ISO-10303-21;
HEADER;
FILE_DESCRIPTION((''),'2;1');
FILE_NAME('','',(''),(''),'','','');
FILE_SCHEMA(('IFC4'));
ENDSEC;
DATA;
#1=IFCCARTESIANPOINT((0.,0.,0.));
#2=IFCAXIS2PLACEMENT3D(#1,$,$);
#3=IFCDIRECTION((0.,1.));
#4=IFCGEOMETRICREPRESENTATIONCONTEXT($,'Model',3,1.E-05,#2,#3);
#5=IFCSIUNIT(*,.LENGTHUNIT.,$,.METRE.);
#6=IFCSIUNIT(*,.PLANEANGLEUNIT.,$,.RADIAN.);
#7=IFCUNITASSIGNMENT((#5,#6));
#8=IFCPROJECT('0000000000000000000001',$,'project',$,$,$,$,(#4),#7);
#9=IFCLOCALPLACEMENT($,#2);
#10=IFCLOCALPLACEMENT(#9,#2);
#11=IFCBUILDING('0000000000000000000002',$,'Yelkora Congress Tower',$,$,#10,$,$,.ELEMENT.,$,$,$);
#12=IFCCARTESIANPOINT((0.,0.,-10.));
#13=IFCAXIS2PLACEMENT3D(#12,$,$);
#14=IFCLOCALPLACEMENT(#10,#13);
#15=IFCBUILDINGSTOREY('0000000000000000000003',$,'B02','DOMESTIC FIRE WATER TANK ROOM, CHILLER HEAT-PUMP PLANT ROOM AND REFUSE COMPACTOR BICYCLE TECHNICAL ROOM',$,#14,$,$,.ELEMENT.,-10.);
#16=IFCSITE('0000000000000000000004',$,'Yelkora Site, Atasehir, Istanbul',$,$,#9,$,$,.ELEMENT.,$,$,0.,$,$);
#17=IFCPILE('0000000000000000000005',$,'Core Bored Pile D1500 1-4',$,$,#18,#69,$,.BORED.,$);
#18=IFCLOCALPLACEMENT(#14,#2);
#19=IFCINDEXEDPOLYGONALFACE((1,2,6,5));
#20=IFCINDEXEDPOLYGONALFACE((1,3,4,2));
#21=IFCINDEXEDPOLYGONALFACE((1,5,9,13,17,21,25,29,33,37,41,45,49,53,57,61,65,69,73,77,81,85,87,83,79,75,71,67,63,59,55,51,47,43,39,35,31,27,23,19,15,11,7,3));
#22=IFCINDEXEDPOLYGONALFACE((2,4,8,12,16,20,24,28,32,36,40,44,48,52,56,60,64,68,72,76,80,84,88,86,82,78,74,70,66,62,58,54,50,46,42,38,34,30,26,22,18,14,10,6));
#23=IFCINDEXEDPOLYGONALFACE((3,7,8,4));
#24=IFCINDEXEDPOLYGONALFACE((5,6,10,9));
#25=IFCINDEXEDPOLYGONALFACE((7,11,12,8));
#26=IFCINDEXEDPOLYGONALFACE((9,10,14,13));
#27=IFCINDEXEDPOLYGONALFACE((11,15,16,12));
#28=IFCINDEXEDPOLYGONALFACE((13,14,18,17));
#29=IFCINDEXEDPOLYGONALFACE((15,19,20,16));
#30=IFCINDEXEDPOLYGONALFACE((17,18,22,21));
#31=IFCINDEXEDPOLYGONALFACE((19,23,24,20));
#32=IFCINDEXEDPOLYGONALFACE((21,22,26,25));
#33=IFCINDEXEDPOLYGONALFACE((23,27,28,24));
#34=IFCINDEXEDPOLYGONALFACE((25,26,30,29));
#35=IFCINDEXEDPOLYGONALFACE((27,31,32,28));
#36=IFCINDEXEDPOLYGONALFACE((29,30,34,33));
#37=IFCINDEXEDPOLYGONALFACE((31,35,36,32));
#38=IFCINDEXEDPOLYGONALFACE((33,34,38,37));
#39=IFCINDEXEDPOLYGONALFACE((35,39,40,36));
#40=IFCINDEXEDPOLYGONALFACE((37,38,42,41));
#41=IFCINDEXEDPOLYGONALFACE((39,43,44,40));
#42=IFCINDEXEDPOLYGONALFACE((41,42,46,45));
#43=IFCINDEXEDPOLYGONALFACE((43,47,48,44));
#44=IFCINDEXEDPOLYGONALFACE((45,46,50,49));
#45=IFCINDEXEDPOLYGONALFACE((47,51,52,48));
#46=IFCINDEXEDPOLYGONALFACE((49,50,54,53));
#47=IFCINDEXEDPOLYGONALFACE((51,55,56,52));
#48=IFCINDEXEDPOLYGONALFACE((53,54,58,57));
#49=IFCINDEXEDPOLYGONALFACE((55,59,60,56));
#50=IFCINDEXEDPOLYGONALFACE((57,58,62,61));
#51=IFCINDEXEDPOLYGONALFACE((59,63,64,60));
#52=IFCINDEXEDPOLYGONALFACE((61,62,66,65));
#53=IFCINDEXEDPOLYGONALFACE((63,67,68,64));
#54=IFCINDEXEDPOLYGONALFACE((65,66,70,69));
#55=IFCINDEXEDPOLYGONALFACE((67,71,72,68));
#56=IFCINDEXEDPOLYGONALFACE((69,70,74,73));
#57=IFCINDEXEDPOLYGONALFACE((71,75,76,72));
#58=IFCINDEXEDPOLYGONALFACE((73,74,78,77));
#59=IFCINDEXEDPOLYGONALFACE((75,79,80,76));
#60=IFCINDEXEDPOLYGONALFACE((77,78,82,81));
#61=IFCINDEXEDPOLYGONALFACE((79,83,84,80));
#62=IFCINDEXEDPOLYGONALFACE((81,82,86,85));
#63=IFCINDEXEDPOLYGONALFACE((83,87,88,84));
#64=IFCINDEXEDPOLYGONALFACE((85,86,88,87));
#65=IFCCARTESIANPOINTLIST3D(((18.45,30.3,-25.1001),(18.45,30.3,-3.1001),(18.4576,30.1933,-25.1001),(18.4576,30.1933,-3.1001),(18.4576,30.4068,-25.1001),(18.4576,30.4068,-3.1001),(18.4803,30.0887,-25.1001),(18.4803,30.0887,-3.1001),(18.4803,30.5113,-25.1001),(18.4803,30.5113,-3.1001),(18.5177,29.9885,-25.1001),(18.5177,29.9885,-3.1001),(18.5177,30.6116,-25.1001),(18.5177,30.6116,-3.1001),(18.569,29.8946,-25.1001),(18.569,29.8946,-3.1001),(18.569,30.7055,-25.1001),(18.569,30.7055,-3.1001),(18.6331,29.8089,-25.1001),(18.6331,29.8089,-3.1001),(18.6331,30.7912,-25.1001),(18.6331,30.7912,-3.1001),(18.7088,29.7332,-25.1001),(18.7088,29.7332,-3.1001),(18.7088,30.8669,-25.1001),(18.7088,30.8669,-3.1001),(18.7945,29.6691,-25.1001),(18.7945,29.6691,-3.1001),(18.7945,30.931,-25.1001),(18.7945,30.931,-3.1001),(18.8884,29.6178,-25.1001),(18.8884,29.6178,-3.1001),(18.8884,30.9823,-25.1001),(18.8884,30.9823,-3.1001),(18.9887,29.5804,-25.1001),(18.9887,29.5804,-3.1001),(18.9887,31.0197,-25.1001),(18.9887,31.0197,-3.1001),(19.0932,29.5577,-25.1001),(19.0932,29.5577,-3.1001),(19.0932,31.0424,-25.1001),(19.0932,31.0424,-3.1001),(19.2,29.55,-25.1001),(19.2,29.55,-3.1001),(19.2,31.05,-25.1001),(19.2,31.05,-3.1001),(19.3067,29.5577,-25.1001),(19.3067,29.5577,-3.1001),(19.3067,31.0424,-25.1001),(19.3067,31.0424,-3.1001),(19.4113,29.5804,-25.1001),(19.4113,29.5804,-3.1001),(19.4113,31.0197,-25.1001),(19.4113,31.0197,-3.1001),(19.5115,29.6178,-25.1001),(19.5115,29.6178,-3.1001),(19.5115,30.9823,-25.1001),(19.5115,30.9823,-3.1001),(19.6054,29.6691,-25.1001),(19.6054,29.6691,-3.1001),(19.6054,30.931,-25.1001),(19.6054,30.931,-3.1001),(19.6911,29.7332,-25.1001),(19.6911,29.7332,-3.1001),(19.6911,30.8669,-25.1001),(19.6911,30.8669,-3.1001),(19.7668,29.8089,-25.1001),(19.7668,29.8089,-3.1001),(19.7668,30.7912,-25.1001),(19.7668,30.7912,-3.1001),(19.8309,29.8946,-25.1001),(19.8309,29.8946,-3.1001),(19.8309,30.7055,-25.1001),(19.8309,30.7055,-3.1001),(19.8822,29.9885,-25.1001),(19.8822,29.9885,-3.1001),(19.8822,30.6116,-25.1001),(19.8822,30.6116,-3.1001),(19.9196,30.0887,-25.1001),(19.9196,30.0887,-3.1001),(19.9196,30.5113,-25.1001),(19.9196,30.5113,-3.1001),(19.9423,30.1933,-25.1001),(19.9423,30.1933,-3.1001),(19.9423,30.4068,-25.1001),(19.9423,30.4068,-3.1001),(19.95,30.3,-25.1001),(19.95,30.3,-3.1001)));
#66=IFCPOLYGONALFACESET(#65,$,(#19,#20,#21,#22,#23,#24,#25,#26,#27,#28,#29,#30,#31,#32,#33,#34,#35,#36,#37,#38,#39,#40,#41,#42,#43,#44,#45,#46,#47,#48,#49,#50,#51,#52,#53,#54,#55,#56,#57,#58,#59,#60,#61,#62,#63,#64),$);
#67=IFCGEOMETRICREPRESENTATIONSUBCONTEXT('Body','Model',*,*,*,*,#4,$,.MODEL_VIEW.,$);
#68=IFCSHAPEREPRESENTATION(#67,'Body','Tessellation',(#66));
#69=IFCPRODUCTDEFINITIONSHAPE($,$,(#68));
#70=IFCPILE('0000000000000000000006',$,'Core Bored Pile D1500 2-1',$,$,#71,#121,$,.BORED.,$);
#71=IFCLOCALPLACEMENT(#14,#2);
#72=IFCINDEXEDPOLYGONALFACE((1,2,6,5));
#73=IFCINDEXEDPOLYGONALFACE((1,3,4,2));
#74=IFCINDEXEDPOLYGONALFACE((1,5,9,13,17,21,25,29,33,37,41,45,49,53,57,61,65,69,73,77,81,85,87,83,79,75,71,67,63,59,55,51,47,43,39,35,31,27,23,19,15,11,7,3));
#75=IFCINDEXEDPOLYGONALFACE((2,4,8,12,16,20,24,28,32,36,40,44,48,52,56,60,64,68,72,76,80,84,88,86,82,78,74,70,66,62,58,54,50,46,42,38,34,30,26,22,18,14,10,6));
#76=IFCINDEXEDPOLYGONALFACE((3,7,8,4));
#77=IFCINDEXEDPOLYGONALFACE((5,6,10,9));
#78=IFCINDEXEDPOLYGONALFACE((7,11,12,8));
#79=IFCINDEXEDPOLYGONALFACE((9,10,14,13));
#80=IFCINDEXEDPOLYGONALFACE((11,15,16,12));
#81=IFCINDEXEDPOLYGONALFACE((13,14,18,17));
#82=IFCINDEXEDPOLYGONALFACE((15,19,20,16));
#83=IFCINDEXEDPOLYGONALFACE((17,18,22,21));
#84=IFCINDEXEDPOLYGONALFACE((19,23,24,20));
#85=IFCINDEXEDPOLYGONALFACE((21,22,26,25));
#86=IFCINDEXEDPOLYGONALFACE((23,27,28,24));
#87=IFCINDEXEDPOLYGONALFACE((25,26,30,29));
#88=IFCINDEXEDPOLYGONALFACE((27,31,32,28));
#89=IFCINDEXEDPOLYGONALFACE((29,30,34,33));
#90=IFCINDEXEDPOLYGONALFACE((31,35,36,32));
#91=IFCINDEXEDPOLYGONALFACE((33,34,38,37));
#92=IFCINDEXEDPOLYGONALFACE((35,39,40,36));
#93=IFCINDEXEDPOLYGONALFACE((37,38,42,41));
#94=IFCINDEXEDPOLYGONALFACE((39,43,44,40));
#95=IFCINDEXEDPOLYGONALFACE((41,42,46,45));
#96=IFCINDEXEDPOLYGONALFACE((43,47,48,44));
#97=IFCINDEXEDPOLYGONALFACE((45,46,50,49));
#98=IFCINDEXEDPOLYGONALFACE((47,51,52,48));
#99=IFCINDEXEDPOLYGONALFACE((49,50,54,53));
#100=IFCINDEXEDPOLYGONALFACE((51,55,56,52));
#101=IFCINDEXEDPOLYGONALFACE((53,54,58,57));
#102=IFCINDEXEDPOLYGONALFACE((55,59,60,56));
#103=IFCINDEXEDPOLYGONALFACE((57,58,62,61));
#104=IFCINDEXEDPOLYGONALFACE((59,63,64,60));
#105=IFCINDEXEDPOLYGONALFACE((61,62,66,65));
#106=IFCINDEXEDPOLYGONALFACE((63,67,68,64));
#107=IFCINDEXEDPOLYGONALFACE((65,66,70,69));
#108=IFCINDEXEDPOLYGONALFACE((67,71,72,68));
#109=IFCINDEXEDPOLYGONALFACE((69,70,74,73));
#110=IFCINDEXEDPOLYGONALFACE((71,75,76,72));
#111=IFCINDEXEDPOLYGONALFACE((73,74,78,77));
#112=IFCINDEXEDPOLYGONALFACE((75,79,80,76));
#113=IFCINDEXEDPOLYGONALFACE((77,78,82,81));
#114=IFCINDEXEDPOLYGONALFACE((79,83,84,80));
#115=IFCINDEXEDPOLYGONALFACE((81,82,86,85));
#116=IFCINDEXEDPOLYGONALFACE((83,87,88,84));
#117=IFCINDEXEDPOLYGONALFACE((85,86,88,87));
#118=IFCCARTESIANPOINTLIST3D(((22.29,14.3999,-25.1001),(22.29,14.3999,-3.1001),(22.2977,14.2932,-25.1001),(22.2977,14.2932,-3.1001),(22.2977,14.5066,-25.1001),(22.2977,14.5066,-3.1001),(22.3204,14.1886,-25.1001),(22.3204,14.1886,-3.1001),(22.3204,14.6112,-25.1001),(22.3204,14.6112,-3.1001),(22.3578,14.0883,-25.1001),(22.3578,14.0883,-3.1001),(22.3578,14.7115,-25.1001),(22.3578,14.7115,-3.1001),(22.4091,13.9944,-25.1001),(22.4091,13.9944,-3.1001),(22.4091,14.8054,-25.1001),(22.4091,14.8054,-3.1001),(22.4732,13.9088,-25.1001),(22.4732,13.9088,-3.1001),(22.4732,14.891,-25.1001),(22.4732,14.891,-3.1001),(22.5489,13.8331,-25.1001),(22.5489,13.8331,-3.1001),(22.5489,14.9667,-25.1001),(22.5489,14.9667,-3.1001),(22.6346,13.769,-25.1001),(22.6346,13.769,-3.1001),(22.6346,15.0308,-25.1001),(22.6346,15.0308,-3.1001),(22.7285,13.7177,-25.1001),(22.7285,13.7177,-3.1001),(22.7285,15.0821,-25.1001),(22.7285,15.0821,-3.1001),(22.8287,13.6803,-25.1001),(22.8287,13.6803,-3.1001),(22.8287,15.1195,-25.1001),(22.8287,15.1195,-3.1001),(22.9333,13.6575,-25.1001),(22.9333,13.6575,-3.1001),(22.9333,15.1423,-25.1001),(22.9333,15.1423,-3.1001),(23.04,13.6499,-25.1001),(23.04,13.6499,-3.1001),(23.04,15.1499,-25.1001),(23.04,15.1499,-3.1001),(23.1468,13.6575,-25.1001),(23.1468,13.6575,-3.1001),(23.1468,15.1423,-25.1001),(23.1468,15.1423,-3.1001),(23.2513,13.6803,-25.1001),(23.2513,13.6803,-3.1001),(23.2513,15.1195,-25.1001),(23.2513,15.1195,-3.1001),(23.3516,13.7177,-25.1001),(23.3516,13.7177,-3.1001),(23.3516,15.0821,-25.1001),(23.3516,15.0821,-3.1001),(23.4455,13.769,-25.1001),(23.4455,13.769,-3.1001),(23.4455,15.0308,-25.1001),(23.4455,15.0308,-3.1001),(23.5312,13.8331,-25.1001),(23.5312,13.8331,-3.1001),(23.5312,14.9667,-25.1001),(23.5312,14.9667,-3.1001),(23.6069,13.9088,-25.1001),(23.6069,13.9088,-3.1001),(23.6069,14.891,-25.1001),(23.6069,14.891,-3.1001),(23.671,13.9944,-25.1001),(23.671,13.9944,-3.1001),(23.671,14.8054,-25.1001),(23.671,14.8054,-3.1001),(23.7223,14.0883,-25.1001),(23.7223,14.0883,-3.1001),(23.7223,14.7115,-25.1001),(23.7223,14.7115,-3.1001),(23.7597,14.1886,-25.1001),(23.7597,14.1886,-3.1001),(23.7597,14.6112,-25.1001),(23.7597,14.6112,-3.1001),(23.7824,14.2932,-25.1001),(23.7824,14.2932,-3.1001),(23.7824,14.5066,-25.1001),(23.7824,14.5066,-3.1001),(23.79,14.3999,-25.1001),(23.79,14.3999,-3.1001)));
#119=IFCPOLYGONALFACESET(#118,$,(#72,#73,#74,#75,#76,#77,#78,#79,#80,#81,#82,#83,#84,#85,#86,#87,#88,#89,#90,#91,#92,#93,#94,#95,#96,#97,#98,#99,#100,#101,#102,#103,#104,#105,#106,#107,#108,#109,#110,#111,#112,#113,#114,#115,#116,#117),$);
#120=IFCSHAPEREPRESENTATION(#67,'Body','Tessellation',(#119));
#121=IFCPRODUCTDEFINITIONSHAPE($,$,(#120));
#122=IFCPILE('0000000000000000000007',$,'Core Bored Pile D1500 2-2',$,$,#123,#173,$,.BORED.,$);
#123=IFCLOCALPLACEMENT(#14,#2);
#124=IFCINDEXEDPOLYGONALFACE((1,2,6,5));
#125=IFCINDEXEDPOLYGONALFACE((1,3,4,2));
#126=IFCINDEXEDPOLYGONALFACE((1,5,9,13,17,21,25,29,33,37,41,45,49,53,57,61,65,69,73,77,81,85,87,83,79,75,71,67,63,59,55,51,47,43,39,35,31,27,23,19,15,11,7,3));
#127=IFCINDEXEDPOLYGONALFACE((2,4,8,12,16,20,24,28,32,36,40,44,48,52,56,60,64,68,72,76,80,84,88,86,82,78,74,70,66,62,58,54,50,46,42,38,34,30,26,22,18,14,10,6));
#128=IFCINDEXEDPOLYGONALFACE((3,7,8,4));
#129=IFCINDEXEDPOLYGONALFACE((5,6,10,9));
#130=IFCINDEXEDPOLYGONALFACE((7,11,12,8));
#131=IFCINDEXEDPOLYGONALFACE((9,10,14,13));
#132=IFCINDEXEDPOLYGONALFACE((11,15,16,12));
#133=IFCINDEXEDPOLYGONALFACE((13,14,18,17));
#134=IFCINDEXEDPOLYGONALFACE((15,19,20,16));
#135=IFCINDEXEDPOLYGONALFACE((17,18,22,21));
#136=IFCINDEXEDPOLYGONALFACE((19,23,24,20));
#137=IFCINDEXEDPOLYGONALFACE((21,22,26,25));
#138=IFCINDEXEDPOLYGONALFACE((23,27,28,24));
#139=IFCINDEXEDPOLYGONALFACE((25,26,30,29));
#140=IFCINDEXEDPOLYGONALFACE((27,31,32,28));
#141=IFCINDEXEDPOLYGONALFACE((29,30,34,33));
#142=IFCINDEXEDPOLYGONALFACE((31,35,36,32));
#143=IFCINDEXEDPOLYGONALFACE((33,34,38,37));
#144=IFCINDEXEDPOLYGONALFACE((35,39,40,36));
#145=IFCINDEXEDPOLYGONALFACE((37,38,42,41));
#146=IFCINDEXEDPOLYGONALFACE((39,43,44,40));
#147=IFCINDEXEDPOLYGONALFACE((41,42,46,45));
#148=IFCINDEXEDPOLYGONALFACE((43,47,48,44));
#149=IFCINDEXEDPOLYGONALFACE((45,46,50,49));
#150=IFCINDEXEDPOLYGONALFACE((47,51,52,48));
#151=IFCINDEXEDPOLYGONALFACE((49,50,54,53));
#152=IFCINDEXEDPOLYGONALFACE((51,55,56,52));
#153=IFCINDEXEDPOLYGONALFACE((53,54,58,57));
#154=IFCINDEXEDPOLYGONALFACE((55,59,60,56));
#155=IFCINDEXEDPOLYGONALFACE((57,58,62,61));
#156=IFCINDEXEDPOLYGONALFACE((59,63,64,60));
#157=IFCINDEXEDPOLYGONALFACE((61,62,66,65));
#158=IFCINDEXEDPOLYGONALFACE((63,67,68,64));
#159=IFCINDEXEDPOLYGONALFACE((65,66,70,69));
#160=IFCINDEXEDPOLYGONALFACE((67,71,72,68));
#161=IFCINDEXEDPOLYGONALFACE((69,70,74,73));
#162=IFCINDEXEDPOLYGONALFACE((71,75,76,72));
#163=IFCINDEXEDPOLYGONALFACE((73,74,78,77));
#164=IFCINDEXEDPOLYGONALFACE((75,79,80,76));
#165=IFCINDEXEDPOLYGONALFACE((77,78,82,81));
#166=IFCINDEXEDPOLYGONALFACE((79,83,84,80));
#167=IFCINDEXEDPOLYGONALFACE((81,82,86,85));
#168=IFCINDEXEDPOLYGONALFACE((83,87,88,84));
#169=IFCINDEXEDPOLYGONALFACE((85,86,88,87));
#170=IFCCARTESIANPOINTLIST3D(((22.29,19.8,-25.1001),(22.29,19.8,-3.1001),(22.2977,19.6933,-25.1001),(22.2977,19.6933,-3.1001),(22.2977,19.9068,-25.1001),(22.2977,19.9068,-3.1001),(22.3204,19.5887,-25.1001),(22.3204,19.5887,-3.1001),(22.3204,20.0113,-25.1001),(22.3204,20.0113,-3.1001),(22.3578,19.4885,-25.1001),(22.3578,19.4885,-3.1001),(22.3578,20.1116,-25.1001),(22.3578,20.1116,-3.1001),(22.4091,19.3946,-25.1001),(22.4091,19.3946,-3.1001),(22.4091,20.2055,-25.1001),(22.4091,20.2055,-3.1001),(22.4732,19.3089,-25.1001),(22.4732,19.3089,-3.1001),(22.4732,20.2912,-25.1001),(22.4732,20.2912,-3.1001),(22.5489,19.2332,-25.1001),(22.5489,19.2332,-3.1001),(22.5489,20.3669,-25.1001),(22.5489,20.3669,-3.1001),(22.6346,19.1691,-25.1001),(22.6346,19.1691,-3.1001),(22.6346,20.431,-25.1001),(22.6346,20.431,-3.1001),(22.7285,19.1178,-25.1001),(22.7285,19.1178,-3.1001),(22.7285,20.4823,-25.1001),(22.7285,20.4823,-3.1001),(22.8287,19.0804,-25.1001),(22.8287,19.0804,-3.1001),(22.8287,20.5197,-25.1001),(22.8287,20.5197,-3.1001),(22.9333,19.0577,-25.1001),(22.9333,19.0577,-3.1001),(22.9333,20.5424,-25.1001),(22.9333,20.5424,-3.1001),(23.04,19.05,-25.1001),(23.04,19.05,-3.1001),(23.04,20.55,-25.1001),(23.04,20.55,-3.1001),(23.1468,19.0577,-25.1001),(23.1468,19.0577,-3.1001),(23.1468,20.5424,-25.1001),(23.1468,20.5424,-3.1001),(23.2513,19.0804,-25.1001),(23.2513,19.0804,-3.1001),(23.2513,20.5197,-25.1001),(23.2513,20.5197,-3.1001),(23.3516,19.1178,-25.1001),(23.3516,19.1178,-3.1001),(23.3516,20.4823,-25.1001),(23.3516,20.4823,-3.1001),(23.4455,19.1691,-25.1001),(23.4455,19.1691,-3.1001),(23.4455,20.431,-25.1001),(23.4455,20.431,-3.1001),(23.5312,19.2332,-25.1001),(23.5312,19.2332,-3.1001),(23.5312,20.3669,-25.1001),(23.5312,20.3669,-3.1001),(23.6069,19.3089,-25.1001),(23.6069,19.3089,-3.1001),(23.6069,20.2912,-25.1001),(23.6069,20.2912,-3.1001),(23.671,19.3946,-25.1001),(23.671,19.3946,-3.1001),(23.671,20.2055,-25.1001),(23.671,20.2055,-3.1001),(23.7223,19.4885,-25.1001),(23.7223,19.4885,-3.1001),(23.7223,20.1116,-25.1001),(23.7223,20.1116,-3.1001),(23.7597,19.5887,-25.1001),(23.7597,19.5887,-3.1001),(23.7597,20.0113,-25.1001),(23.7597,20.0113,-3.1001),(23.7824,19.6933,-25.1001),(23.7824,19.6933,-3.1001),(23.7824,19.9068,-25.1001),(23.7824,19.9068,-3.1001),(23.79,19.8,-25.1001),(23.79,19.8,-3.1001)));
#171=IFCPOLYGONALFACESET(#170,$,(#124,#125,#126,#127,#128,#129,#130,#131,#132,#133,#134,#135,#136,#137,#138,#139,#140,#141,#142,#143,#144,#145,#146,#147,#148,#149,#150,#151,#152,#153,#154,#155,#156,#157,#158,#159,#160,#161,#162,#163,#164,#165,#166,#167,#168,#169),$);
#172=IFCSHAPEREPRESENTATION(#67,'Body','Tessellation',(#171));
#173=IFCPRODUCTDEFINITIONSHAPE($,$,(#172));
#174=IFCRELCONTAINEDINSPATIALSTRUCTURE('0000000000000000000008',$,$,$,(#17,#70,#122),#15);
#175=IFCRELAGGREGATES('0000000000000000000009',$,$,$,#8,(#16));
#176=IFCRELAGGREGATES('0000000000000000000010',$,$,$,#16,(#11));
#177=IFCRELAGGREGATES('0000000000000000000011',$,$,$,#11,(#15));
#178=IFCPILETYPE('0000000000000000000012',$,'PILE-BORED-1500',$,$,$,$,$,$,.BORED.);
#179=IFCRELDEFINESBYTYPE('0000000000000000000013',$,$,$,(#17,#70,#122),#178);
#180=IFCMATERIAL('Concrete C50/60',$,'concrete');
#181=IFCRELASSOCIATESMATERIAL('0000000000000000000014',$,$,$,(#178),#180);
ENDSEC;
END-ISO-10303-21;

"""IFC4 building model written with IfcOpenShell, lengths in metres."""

from ifc_helpers import new_model, si_unit, direction, frame, origin, origin_2d, place, context, subcontext, project, spatial, circle, extrude, material, material_profile, profile_set, type_object, element, save


model = new_model("IFC4")

# Units and contexts
model_context = context("Model", 3, precision=1e-05, world=origin(), true_north=direction((0.0, 1.0)))
body_context = subcontext(model_context, "Body", "Model", "MODEL_VIEW")
ifc_project = project(units=[si_unit("LENGTHUNIT", "METRE"), si_unit("PLANEANGLEUNIT", "RADIAN")], contexts=[model_context])

# Site, building, storey
site_placement = place(None, origin())
site = spatial("IfcSite", under=ifc_project, at=site_placement, Name="Yelkora Site, Atasehir, Istanbul", CompositionType="ELEMENT", RefElevation=0.0)
building_placement = place(site_placement, origin())
building = spatial("IfcBuilding", under=site, at=building_placement, Name="Yelkora Congress Tower", CompositionType="ELEMENT")
storey_placement = place(building_placement, frame((0.0, 0.0, -10.0)))
storey = spatial("IfcBuildingStorey", under=building, at=storey_placement, Name="B02", Description="DOMESTIC FIRE WATER TANK ROOM, CHILLER HEAT-PUMP PLANT ROOM AND REFUSE COMPACTOR BICYCLE TECHNICAL ROOM", CompositionType="ELEMENT", Elevation=-10.0)

# Piles
ifc_material_1 = material(Name="Concrete C50/60", Category="concrete")
ifc_material_profile_1 = material_profile(ifc_material_1, circle(Radius=0.75, at=origin_2d()), Name="PILE D1500")
ifc_profile_set_1 = profile_set([ifc_material_profile_1], Name="Concrete C50/60")
pile_type = type_object("IfcPileType", Name="PILE-BORED-1500", PredefinedType="BORED", material=ifc_profile_set_1)
for number, where, z_axis, x_axis, name in (
    (1, (19.2, 30.3, -3.1001), (0.0, 0.0, -1.0), (1.0, 0.0, 0.0), "Core Bored Pile D1500 1-4"),
    (2, (23.04, 14.3999, -3.1001), (0.0, 0.0, -1.0), (1.0, 0.0, 0.0), "Core Bored Pile D1500 2-1"),
    (3, (23.04, 19.8, -3.1001), (0.0, 0.0, -1.0), (1.0, 0.0, 0.0), "Core Bored Pile D1500 2-2"),
):
    element("IfcPile", number, at=place(storey_placement, frame(where, z_axis=z_axis, x_axis=x_axis)), inside=storey, type_object=pile_type, Name=name, PredefinedType="BORED", context=body_context, shape_type="SweptSolid", body=[
        extrude(circle(Radius=0.75, at=origin_2d()), origin(), (0.0, 0.0, 1.0), 22.0),
    ])

save(model, "model.ifc")
